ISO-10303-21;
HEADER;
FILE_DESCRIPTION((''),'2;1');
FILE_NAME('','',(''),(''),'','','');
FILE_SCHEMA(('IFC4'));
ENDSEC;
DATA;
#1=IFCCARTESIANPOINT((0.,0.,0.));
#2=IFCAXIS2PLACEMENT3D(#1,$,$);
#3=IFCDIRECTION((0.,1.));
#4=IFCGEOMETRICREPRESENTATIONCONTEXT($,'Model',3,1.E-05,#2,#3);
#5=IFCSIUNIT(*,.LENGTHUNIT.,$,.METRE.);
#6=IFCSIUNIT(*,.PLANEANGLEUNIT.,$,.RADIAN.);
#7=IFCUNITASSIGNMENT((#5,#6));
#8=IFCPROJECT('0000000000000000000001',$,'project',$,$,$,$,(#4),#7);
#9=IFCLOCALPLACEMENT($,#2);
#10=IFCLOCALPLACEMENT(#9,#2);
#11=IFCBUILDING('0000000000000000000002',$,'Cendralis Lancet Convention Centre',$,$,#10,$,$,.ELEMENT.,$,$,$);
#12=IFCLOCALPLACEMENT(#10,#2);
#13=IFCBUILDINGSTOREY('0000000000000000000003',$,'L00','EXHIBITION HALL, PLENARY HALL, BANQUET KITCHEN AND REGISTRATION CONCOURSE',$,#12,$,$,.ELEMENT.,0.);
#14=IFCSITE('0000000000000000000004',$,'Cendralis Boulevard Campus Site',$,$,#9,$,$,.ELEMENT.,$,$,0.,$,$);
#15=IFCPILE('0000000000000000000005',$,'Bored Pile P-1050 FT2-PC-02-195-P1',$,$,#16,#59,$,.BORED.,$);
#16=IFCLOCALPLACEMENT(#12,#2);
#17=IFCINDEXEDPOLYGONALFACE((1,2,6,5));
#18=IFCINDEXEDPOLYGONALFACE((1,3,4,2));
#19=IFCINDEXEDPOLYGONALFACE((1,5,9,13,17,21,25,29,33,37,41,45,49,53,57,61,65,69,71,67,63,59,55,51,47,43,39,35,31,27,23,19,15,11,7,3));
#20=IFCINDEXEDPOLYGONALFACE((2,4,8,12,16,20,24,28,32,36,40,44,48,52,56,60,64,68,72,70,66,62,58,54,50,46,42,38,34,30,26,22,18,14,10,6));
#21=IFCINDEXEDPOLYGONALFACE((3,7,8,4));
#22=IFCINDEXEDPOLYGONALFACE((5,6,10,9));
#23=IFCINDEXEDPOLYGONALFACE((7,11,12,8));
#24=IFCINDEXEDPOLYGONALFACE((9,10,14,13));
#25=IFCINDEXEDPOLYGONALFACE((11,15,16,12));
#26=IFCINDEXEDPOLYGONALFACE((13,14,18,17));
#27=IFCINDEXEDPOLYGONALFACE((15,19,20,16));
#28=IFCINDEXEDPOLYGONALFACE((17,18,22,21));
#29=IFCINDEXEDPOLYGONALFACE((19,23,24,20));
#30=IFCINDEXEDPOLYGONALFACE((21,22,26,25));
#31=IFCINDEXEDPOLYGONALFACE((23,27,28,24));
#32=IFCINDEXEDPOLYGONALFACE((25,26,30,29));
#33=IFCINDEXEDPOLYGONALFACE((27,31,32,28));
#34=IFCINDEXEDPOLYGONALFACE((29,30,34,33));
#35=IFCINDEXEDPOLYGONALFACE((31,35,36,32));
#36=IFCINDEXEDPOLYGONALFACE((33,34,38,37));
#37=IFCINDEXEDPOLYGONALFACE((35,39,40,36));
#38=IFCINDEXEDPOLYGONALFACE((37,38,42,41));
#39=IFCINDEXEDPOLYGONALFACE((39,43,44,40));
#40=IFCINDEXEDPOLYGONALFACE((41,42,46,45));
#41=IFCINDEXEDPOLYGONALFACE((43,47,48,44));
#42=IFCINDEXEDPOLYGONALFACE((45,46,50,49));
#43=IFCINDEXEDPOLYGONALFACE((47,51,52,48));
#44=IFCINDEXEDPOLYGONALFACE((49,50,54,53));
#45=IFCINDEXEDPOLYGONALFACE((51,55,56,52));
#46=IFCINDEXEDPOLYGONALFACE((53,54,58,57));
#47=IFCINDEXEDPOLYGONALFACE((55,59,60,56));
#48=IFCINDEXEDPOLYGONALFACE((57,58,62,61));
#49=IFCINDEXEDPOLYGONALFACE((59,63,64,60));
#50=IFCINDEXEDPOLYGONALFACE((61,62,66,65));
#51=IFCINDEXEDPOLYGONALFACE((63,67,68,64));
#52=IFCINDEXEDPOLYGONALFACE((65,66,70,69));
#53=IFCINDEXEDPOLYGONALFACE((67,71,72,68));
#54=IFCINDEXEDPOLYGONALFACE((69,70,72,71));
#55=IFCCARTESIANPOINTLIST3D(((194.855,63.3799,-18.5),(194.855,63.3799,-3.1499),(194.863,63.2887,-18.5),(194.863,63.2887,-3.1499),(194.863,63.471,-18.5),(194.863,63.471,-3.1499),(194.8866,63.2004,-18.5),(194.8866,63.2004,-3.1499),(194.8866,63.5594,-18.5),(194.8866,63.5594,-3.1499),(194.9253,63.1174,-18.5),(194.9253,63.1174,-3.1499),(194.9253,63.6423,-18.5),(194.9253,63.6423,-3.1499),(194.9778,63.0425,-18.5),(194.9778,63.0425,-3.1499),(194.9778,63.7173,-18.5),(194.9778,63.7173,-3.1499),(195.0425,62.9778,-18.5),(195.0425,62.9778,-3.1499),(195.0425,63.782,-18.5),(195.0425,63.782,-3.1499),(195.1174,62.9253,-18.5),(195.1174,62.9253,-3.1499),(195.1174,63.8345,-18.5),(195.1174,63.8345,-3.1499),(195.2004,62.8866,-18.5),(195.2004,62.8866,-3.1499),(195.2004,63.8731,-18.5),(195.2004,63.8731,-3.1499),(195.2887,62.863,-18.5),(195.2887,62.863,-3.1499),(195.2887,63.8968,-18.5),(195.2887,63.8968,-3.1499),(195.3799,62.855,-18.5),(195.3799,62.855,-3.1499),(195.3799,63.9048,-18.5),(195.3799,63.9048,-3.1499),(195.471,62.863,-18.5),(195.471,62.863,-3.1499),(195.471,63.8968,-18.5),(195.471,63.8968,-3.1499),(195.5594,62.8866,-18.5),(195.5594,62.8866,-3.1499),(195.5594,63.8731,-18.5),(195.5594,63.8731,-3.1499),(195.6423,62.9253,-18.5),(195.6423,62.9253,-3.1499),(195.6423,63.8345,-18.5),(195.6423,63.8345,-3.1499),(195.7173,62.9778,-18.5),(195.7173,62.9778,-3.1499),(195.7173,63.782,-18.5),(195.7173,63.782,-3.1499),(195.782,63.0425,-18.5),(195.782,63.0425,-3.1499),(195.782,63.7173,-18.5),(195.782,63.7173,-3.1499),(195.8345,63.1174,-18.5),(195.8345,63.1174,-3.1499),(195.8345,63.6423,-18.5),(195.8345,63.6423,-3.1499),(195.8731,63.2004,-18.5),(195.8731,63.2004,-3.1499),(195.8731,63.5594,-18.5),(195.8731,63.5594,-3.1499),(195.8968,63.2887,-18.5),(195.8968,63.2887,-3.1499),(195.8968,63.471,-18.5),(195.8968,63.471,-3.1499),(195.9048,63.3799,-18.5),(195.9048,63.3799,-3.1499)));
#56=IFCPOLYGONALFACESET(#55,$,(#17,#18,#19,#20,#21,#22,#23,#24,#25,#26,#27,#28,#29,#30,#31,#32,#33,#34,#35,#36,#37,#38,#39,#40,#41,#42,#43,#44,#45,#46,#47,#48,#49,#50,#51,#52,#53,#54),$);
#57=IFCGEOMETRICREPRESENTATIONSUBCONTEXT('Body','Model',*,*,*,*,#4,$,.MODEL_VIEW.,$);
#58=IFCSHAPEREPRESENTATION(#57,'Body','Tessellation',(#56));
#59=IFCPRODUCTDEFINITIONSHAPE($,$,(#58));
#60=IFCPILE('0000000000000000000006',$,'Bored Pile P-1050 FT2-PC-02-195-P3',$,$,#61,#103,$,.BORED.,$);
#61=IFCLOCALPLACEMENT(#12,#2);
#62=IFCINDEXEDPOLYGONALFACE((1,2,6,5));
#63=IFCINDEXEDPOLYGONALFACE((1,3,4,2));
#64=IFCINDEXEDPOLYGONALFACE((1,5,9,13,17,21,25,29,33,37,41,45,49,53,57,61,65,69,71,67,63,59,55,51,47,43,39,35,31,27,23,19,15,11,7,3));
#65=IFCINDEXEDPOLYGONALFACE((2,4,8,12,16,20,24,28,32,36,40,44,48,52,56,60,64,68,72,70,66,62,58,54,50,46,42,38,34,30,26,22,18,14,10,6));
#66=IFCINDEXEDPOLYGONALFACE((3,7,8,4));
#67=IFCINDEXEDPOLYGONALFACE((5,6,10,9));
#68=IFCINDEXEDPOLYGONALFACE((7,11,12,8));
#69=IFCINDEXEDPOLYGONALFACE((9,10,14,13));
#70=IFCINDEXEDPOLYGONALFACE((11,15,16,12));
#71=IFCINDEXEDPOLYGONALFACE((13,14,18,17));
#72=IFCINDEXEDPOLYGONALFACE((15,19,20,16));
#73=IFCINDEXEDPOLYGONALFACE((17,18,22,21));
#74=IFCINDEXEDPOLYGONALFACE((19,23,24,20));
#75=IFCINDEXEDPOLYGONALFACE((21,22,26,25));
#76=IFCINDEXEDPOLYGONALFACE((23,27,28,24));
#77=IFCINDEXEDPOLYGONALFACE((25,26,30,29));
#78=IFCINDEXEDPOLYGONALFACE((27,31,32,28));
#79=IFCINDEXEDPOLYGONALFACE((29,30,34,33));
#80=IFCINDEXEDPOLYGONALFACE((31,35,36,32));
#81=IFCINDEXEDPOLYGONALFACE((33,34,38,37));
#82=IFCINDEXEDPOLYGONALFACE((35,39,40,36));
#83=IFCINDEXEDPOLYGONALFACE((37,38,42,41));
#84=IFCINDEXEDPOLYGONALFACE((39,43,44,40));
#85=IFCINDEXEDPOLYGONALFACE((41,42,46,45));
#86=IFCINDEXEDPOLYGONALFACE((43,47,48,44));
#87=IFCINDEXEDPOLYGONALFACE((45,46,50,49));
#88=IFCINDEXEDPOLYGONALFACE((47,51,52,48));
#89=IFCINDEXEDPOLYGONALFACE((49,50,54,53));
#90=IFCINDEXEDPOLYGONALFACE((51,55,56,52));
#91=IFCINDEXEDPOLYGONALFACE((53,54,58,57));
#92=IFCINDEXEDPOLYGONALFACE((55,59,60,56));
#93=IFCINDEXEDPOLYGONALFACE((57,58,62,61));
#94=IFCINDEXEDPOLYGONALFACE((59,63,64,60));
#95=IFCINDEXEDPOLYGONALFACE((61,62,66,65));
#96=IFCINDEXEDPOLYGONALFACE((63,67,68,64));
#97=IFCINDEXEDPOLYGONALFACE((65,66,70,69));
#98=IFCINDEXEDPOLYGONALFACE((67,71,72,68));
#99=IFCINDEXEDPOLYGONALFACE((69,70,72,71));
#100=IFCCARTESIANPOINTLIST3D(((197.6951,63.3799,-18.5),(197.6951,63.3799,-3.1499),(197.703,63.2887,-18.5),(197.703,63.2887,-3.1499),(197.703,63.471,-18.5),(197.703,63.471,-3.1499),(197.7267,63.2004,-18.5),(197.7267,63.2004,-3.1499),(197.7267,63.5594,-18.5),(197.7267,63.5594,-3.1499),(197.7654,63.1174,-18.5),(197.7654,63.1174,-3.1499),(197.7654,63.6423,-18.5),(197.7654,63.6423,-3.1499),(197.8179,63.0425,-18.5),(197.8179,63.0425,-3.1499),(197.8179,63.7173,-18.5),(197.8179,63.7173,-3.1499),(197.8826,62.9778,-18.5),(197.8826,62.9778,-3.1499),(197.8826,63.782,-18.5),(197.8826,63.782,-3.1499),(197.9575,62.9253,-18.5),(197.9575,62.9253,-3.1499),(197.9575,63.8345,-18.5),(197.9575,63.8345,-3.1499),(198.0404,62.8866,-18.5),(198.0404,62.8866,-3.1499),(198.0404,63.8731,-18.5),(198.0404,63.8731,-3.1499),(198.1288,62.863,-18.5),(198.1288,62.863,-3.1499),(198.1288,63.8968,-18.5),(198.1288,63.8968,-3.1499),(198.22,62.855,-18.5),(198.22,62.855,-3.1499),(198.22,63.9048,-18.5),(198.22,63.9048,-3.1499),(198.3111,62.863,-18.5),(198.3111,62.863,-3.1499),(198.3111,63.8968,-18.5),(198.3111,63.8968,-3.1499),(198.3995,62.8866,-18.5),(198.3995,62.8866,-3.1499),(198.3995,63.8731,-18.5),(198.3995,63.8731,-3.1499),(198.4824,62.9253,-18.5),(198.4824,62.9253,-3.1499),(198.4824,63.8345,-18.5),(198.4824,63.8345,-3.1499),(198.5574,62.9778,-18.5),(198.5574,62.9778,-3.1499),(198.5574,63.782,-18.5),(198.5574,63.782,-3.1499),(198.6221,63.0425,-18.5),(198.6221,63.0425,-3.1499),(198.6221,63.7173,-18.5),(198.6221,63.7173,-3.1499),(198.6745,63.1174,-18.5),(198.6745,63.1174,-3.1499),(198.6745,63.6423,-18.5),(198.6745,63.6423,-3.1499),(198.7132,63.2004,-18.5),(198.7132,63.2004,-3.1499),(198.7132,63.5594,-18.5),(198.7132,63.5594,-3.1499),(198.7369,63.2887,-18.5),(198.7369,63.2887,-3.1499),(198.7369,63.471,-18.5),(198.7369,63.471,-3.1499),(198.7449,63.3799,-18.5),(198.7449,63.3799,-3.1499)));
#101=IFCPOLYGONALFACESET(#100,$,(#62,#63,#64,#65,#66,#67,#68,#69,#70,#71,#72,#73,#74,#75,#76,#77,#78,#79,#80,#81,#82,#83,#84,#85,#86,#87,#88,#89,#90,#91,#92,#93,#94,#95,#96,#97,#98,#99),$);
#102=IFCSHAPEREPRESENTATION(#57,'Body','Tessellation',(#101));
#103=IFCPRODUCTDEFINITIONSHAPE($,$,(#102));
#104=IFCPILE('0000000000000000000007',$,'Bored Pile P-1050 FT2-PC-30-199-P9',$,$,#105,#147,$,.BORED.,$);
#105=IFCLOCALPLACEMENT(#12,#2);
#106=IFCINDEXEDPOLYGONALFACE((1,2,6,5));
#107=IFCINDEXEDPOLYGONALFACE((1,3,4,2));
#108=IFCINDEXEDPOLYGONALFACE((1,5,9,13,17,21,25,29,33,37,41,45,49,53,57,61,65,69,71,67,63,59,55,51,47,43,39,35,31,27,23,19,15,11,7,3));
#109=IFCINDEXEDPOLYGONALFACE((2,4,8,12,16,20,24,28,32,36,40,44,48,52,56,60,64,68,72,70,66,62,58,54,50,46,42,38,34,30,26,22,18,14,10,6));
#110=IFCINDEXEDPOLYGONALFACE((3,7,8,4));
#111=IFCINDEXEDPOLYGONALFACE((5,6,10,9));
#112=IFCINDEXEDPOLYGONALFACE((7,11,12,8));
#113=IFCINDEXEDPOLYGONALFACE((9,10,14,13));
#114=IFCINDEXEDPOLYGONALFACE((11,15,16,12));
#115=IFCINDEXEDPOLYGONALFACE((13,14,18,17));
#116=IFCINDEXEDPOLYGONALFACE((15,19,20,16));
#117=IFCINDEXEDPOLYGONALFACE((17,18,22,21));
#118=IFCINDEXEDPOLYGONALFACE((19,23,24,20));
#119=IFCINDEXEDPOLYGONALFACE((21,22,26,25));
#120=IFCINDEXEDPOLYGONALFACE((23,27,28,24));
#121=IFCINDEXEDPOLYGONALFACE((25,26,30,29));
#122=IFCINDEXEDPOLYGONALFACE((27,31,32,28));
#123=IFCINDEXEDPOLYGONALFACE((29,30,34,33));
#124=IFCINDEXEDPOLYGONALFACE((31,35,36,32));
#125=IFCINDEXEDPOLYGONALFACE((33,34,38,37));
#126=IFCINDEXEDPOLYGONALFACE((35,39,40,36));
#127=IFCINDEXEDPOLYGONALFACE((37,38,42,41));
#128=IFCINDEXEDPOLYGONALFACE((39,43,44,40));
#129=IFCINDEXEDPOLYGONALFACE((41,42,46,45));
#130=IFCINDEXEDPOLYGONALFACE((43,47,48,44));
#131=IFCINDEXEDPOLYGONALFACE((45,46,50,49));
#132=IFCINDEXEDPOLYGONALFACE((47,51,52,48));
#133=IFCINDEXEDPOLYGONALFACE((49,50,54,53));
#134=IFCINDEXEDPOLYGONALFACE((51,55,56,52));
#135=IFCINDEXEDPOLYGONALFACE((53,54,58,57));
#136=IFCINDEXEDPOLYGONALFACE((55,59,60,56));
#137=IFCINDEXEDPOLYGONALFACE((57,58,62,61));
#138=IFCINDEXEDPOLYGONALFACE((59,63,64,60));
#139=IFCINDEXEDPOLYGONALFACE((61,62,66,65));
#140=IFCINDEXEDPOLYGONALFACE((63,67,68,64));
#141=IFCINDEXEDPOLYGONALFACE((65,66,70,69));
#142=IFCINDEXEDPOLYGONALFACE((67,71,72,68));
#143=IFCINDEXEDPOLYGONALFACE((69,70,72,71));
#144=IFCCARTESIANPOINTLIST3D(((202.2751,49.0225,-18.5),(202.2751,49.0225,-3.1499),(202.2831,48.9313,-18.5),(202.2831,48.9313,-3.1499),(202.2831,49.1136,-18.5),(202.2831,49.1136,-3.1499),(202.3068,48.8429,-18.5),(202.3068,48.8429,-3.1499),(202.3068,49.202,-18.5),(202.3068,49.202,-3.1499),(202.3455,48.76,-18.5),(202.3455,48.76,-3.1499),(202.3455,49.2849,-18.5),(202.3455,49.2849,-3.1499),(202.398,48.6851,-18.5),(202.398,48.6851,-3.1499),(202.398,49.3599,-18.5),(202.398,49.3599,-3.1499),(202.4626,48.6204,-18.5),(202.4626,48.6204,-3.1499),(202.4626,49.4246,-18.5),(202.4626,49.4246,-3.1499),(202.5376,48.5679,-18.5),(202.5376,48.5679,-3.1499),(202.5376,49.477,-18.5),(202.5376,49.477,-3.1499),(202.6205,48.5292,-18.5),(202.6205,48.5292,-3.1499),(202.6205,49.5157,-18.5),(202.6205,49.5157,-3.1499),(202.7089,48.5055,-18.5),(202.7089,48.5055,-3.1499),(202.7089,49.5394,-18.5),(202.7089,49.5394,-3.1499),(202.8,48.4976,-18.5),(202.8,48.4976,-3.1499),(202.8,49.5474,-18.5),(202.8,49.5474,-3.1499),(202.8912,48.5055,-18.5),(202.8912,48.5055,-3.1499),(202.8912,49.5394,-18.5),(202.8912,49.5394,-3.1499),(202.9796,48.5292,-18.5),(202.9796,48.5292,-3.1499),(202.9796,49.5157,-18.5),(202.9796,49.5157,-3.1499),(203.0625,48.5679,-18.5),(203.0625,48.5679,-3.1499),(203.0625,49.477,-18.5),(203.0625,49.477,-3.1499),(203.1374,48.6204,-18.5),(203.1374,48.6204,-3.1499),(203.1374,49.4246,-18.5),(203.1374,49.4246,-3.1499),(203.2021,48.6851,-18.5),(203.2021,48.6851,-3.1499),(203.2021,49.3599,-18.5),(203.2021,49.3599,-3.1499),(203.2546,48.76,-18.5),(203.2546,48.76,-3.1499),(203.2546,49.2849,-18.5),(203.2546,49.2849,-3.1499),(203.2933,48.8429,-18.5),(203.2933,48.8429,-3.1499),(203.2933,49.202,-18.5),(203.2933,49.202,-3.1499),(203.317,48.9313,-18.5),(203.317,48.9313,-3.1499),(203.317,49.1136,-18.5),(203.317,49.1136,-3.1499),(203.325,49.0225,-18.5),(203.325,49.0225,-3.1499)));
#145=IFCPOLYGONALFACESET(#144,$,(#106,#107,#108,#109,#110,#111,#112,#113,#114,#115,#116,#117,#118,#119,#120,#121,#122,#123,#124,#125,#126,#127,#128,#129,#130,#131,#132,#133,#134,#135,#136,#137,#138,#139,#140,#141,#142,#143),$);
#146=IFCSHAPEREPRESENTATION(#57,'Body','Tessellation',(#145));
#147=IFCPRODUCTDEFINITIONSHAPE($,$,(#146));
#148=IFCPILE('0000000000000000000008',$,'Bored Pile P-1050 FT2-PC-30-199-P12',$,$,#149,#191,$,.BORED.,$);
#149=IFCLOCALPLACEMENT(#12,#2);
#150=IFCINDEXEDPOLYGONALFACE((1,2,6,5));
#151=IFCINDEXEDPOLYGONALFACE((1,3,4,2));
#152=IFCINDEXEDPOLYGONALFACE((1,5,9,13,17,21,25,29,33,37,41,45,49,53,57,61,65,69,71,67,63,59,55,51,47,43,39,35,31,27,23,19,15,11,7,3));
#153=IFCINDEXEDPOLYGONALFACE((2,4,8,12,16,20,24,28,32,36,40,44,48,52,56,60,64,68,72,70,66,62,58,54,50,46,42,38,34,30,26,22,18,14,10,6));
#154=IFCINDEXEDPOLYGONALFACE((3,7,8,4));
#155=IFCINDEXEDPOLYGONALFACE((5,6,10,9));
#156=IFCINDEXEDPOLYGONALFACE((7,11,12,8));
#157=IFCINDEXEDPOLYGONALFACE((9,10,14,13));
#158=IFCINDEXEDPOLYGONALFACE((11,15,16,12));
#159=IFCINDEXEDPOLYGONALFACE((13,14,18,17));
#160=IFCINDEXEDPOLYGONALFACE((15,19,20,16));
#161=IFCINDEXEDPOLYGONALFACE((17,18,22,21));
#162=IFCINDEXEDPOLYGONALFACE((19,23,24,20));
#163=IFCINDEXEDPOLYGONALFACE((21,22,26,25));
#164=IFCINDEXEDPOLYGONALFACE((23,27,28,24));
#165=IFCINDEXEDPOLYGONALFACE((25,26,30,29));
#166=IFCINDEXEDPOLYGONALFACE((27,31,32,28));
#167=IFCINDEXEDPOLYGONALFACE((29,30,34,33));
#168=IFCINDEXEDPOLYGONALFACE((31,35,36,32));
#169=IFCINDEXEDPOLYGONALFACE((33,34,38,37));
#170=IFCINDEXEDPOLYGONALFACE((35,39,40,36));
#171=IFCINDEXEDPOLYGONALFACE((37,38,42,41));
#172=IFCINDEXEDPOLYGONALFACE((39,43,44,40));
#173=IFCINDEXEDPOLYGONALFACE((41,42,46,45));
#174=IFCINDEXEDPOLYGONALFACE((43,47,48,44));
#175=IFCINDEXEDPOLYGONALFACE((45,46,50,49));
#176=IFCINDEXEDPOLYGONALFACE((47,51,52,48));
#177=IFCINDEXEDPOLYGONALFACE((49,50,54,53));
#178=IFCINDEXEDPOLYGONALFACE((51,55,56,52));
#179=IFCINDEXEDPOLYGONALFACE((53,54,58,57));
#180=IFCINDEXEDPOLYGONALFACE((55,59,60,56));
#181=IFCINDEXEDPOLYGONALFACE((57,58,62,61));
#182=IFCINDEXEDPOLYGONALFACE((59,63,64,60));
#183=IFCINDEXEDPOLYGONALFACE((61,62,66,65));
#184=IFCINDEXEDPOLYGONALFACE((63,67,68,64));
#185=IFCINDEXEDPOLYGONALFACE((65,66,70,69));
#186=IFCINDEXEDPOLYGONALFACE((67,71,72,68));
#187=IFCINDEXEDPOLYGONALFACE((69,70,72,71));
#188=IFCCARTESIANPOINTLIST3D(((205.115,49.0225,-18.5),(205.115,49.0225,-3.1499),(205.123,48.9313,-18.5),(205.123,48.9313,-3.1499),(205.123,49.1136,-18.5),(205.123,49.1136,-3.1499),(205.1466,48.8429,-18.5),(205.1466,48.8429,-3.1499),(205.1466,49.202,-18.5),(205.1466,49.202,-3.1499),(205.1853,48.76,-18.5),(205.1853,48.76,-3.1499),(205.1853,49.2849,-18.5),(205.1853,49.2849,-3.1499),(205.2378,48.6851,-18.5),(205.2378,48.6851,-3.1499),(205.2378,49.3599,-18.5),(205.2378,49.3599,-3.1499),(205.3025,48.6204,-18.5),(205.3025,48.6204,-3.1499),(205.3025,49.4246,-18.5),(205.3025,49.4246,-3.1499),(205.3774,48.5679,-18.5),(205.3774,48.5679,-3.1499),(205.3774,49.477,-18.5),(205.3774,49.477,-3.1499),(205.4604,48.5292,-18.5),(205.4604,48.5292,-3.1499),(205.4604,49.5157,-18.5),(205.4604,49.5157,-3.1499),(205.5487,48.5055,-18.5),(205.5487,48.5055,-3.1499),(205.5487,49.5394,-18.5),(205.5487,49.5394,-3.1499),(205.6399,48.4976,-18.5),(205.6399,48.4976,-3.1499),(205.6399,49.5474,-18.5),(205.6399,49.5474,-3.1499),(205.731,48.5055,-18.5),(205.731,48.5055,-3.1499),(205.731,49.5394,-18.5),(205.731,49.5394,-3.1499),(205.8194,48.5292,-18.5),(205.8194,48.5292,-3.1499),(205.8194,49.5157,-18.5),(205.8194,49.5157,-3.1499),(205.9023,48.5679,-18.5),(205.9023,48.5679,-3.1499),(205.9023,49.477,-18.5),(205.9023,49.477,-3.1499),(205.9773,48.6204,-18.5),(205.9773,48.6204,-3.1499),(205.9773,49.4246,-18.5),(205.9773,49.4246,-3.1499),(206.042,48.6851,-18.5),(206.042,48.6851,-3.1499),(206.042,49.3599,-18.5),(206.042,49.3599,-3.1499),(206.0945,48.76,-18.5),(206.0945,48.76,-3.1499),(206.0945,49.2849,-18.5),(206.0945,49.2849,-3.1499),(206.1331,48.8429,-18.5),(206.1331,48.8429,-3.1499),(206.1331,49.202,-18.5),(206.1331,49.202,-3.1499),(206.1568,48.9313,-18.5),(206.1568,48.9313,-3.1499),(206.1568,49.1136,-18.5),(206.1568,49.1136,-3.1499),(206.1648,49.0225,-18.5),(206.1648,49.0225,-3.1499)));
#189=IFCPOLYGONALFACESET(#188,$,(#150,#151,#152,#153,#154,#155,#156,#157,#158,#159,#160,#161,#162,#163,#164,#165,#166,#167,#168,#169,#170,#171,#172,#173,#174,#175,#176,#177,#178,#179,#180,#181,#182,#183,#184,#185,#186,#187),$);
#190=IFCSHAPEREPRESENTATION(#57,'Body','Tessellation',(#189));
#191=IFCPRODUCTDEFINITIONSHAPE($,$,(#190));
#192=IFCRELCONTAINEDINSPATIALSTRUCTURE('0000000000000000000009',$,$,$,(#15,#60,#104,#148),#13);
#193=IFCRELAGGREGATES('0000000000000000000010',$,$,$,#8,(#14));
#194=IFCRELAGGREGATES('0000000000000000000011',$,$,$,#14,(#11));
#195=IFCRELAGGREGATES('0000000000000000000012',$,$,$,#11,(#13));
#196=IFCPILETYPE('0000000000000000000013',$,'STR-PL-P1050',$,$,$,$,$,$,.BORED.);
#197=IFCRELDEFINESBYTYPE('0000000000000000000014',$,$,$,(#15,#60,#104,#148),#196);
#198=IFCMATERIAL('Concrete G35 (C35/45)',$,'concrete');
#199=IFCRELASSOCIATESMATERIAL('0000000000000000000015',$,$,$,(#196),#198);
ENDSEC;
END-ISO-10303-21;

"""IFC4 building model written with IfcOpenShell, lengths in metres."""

from ifc_helpers import new_model, si_unit, direction, frame, origin, origin_2d, place, context, subcontext, project, spatial, circle, extrude, material, material_profile, profile_set, type_object, element, save


model = new_model("IFC4")

# Units and contexts
model_context = context("Model", 3, precision=1e-05, world=origin(), true_north=direction((0.0, 1.0)))
body_context = subcontext(model_context, "Body", "Model", "MODEL_VIEW")
ifc_project = project(units=[si_unit("LENGTHUNIT", "METRE"), si_unit("PLANEANGLEUNIT", "RADIAN")], contexts=[model_context])

# Site, building, storey
site_placement = place(None, origin())
site = spatial("IfcSite", under=ifc_project, at=site_placement, Name="Cendralis Boulevard Campus Site", CompositionType="ELEMENT", RefElevation=0.0)
building_placement = place(site_placement, origin())
building = spatial("IfcBuilding", under=site, at=building_placement, Name="Cendralis Lancet Convention Centre", CompositionType="ELEMENT")
storey_placement = place(building_placement, origin())
storey = spatial("IfcBuildingStorey", under=building, at=storey_placement, Name="L00", Description="EXHIBITION HALL, PLENARY HALL, BANQUET KITCHEN AND REGISTRATION CONCOURSE", CompositionType="ELEMENT", Elevation=0.0)

# Piles
ifc_material_1 = material(Name="Concrete G35 (C35/45)", Category="concrete")
ifc_material_profile_1 = material_profile(ifc_material_1, circle(Radius=0.5249, at=origin_2d()), Name="BORED PILE D1050")
ifc_profile_set_1 = profile_set([ifc_material_profile_1], Name="Concrete G35 (C35/45)")
pile_type = type_object("IfcPileType", Name="STR-PL-P1050", PredefinedType="BORED", material=ifc_profile_set_1)
for number, where, z_axis, x_axis, name in (
    (1, (195.3799, 63.3799, -3.1499), (0.0, 0.0, -1.0), (1.0, 0.0, 0.0), "Bored Pile P-1050 FT2-PC-02-195-P1"),
    (2, (198.22, 63.3799, -3.1499), (0.0, 0.0, -1.0), (1.0, 0.0, 0.0), "Bored Pile P-1050 FT2-PC-02-195-P3"),
    (3, (202.8, 49.0225, -3.1499), (0.0, 0.0, -1.0), (1.0, 0.0, 0.0), "Bored Pile P-1050 FT2-PC-30-199-P9"),
    (4, (205.6399, 49.0225, -3.1499), (0.0, 0.0, -1.0), (1.0, 0.0, 0.0), "Bored Pile P-1050 FT2-PC-30-199-P12"),
):
    element("IfcPile", number, at=place(storey_placement, frame(where, z_axis=z_axis, x_axis=x_axis)), inside=storey, type_object=pile_type, Name=name, PredefinedType="BORED", context=body_context, shape_type="SweptSolid", body=[
        extrude(circle(Radius=0.5249, at=origin_2d()), origin(), (0.0, 0.0, 1.0), 15.3501),
    ])

save(model, "model.ifc")
